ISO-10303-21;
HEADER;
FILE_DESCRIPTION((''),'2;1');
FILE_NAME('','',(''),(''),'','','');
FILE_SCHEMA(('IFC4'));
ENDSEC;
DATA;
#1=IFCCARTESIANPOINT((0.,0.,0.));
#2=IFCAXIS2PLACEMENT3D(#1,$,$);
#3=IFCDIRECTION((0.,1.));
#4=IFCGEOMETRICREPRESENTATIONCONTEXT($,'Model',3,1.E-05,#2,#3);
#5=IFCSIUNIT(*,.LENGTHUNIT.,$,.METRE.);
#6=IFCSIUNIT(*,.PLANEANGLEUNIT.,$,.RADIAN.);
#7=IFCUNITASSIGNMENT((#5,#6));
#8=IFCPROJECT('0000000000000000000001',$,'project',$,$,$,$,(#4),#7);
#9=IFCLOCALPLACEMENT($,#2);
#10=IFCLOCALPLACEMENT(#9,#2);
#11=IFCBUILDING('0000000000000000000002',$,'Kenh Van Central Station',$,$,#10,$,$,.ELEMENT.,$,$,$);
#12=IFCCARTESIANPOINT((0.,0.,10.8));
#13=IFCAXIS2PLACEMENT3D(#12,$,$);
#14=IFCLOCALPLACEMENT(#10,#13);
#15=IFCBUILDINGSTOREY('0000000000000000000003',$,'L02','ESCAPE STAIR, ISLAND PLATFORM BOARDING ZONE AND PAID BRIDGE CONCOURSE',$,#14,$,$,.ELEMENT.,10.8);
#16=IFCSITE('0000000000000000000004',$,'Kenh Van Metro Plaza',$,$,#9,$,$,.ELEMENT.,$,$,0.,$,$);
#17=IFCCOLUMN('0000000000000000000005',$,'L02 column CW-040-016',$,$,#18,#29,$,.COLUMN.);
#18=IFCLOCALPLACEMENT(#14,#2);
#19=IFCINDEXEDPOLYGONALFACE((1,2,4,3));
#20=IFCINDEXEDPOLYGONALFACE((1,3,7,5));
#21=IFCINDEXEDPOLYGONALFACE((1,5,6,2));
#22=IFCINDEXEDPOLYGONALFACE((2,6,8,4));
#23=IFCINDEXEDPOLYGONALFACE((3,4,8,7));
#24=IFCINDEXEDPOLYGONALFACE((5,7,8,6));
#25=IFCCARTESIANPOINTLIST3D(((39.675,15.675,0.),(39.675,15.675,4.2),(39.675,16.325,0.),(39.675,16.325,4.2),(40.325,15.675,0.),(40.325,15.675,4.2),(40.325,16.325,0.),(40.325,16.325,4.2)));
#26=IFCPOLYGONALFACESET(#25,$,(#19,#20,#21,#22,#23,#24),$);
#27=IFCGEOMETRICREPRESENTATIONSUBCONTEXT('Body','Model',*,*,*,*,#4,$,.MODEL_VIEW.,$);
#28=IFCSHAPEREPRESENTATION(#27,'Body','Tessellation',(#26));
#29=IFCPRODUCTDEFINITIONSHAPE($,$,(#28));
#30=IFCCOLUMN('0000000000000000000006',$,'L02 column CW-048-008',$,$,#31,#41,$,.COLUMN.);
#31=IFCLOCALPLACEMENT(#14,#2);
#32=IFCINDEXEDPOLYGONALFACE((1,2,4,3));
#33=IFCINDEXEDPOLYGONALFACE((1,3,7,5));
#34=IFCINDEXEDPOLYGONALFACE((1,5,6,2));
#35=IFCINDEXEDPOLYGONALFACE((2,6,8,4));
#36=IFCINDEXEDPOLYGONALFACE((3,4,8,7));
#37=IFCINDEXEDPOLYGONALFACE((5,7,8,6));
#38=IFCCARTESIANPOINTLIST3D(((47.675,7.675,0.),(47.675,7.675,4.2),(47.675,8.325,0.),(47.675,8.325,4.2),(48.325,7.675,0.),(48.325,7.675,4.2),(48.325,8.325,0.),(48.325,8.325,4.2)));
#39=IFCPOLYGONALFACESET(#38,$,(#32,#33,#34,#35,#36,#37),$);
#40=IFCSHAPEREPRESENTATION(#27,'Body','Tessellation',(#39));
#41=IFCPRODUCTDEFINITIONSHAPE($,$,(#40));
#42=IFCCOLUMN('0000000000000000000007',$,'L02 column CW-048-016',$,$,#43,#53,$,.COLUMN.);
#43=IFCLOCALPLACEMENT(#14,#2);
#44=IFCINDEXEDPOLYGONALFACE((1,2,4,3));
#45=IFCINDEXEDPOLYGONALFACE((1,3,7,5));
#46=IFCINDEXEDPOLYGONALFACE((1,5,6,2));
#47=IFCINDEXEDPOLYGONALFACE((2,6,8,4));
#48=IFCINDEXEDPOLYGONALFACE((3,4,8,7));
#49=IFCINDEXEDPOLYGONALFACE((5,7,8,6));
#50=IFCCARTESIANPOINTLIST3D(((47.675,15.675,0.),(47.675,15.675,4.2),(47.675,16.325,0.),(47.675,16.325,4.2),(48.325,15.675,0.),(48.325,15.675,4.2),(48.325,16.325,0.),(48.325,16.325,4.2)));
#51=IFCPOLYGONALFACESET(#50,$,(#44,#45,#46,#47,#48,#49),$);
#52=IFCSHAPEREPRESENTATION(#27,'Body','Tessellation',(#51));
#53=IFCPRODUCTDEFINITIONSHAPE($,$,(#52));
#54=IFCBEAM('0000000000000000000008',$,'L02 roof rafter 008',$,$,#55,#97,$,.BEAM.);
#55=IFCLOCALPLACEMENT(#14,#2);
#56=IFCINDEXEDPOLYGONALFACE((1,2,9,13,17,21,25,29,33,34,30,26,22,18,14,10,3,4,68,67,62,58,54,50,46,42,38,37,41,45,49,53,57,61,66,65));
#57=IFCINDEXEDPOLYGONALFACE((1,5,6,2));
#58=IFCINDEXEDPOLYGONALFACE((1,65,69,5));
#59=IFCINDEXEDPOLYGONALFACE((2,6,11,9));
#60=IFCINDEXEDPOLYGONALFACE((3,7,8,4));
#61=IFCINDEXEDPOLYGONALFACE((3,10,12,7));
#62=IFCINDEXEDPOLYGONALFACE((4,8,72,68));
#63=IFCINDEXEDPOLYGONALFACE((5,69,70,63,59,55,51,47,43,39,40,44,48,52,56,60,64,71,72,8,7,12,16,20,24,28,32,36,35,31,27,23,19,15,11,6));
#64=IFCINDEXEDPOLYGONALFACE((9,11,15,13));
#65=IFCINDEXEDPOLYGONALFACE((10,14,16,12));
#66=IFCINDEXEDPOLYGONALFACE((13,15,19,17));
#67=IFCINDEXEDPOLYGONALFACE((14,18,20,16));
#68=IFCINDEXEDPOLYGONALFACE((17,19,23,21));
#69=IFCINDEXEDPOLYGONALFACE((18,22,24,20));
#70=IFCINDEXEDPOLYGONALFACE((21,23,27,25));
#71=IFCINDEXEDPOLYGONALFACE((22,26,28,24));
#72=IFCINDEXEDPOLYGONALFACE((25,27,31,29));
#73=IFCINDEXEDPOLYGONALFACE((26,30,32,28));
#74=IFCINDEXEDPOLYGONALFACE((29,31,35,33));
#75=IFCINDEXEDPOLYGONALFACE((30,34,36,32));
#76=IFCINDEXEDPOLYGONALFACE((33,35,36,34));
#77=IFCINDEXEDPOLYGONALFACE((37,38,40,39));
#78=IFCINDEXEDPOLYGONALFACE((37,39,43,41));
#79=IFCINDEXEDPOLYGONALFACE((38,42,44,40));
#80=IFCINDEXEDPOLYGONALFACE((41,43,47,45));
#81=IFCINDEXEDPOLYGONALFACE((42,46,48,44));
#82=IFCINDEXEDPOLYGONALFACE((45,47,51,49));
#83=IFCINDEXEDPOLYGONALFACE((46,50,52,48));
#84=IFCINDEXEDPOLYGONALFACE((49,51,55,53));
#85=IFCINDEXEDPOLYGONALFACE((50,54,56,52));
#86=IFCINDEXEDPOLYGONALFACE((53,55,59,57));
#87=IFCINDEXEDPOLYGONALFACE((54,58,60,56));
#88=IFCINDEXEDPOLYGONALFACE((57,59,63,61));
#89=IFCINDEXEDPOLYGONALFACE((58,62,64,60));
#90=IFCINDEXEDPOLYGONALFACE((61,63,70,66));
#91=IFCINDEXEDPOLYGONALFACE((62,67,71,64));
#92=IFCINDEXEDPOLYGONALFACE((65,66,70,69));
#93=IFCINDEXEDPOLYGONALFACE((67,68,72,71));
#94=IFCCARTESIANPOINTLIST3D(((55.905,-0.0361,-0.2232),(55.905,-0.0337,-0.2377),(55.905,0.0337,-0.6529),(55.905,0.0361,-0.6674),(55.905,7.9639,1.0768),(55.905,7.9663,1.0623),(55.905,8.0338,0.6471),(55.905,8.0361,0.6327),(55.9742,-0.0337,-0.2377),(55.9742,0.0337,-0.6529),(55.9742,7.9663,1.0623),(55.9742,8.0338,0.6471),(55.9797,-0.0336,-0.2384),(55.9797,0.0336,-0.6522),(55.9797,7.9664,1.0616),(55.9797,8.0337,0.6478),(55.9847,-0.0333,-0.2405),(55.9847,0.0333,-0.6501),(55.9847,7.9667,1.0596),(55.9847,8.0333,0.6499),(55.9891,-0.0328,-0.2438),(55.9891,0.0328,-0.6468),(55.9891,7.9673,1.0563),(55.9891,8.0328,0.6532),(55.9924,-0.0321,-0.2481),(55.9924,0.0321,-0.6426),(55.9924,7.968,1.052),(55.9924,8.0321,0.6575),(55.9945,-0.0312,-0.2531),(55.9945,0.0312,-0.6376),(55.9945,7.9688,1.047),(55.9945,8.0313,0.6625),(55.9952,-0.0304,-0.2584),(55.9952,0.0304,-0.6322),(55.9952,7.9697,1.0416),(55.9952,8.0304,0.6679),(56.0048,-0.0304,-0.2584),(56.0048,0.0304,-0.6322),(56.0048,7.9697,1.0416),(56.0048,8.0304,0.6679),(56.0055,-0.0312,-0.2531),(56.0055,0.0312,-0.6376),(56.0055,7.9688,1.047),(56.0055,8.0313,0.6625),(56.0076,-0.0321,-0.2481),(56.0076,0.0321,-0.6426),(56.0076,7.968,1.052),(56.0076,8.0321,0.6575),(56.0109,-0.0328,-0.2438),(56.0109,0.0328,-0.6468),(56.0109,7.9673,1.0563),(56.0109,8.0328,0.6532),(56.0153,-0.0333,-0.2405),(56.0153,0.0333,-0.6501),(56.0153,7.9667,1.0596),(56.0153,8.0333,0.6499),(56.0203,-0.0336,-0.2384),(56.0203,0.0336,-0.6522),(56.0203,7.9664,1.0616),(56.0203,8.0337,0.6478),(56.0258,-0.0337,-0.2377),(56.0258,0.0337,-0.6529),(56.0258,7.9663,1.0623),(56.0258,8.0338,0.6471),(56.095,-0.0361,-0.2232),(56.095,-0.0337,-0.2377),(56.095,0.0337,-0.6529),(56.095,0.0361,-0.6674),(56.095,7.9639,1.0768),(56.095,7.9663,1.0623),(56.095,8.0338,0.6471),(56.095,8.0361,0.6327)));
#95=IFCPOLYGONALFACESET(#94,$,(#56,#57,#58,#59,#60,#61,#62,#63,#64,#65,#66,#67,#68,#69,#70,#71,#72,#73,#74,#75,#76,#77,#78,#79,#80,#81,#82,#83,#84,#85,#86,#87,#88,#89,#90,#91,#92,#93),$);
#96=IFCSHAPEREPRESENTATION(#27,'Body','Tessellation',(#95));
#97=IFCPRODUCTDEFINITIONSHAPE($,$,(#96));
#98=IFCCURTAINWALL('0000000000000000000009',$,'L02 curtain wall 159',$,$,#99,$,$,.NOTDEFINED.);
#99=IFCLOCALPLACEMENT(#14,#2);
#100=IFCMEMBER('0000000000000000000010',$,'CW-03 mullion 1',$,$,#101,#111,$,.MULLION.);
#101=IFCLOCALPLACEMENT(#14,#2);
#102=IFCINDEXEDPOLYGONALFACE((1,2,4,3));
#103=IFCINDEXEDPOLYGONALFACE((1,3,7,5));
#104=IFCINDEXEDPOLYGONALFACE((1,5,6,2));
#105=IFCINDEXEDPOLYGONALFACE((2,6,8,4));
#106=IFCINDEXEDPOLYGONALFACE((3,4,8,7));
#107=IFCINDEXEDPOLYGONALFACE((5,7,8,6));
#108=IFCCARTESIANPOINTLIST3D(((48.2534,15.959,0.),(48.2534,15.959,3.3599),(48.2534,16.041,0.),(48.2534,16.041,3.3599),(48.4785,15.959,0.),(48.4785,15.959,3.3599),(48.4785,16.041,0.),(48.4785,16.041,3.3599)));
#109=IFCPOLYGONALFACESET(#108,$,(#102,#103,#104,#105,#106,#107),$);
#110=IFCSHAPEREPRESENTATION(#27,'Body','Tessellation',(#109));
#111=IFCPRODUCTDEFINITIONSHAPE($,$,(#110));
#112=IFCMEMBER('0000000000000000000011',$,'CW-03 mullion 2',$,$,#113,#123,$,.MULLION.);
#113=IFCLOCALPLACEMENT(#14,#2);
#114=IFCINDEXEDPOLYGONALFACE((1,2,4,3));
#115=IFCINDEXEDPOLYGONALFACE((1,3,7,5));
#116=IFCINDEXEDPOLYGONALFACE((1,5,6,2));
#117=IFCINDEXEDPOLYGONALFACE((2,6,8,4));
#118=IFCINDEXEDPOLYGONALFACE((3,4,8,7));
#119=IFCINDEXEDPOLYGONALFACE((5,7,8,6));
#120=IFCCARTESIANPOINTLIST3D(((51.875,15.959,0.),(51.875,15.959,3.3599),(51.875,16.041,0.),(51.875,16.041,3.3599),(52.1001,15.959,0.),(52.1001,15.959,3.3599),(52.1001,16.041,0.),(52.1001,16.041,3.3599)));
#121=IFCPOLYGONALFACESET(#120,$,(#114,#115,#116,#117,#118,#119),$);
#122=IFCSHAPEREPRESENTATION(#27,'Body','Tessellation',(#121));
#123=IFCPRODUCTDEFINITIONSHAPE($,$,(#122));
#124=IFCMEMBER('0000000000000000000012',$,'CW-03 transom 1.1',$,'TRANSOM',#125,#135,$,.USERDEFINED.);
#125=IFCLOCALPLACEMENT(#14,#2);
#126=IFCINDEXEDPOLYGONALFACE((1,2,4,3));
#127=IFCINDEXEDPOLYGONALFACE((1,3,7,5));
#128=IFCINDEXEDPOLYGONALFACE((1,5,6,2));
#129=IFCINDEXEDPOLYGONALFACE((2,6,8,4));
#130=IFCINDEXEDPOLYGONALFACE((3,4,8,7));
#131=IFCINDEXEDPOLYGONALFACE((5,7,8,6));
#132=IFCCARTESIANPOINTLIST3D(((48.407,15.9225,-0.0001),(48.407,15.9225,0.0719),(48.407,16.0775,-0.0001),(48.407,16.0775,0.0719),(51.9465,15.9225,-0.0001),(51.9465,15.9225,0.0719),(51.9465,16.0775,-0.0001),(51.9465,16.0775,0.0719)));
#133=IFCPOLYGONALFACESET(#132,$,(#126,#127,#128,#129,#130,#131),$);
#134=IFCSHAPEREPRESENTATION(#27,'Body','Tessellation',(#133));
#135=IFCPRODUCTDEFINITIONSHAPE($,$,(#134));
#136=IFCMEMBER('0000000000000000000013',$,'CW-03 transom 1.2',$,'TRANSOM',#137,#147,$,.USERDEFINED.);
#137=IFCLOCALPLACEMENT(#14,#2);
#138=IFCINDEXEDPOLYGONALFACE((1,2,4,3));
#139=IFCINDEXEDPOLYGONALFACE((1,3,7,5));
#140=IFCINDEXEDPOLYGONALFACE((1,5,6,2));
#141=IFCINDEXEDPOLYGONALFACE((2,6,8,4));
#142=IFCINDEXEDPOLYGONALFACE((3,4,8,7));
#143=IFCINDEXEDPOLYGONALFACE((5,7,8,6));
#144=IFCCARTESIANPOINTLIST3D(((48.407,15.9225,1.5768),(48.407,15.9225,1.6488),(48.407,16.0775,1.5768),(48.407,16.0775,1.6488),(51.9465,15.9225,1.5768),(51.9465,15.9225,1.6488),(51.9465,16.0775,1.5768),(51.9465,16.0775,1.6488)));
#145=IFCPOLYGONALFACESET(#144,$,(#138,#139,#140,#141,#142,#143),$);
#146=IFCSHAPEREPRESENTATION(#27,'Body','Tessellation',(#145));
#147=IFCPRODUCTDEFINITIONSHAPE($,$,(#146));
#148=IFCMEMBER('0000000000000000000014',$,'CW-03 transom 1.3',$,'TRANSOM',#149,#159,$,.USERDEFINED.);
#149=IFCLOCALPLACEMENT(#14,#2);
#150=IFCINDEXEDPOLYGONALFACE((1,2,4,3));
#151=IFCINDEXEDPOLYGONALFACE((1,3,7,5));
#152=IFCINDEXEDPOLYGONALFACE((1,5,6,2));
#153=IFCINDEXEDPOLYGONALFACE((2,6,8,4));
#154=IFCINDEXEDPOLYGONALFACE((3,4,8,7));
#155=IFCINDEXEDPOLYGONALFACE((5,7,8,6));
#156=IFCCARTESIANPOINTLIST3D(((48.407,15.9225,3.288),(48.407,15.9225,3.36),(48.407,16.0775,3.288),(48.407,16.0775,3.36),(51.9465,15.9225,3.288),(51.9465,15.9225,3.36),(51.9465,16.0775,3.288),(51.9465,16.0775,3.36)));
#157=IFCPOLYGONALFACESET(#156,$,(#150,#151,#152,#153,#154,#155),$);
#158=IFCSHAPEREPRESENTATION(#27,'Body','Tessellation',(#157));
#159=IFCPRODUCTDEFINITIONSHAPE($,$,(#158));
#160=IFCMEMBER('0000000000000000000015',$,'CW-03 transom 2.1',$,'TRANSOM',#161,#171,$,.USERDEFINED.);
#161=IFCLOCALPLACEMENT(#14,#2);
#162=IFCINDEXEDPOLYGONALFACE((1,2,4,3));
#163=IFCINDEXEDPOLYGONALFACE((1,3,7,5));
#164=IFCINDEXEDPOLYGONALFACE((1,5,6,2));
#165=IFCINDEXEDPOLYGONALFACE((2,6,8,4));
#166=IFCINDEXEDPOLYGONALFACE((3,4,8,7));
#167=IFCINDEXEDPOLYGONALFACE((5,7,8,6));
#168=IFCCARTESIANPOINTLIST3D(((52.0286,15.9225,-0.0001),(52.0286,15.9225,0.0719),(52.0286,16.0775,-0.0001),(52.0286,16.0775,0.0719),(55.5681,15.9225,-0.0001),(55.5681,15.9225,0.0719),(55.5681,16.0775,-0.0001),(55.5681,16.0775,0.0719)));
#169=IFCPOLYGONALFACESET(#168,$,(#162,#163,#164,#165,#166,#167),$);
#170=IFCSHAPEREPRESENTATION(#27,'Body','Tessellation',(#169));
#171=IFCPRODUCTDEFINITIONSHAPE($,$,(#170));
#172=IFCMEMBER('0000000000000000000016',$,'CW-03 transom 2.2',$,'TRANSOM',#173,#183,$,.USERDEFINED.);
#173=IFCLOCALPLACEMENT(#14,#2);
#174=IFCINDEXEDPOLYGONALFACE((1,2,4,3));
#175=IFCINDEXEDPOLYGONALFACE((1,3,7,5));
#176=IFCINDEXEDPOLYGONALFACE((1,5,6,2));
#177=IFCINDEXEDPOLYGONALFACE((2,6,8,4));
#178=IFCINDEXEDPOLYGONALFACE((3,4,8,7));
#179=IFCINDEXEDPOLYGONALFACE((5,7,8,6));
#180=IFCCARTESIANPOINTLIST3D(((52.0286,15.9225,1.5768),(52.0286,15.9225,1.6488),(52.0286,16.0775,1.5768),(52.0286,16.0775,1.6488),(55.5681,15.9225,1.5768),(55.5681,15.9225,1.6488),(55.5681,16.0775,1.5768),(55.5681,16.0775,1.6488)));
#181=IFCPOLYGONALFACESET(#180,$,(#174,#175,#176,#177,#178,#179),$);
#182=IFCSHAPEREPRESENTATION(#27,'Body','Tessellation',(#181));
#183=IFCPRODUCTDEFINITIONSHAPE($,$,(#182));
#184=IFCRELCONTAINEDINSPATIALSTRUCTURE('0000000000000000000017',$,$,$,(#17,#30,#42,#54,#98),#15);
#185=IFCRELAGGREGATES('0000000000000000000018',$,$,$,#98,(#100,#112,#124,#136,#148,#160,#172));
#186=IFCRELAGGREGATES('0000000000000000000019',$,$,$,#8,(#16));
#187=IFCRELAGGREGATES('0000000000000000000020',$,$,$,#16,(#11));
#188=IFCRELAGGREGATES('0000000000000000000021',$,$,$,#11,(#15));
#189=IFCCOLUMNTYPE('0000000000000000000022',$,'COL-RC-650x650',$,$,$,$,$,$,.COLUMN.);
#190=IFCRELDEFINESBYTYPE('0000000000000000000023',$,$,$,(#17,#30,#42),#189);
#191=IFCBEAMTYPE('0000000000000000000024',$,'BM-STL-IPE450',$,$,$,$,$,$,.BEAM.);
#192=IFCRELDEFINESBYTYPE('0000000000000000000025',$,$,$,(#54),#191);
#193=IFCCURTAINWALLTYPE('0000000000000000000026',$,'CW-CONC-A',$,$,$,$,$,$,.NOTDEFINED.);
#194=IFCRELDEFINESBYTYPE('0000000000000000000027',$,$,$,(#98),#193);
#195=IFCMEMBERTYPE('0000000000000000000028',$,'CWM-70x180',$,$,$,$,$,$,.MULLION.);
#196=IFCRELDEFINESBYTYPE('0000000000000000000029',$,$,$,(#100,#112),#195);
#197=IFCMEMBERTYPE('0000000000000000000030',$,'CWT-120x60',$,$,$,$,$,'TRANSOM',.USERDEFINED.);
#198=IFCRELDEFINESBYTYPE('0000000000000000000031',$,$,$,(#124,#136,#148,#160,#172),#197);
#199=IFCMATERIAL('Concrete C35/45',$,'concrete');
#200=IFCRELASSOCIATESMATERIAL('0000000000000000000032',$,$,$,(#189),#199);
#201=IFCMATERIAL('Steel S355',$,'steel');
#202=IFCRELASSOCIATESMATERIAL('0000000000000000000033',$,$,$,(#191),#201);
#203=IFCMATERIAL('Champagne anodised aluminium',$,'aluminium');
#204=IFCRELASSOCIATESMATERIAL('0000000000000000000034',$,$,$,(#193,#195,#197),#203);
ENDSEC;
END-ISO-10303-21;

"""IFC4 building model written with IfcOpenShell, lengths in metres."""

from ifc_helpers import new_model, si_unit, direction, frame, origin, origin_2d, place, context, subcontext, project, spatial, rectangle, i_section, extrude, material, material_profile, profile_set, type_object, element, aggregate, save


model = new_model("IFC4")

# Units and contexts
model_context = context("Model", 3, precision=1e-05, world=origin(), true_north=direction((0.0, 1.0)))
body_context = subcontext(model_context, "Body", "Model", "MODEL_VIEW")
ifc_project = project(units=[si_unit("LENGTHUNIT", "METRE"), si_unit("PLANEANGLEUNIT", "RADIAN")], contexts=[model_context])

# Site, building, storey
site_placement = place(None, origin())
site = spatial("IfcSite", under=ifc_project, at=site_placement, Name="Kenh Van Metro Plaza", CompositionType="ELEMENT", RefElevation=0.0)
building_placement = place(site_placement, origin())
building = spatial("IfcBuilding", under=site, at=building_placement, Name="Kenh Van Central Station", CompositionType="ELEMENT")
storey_placement = place(building_placement, frame((0.0, 0.0, 10.8)))
storey = spatial("IfcBuildingStorey", under=building, at=storey_placement, Name="L02", Description="ESCAPE STAIR, ISLAND PLATFORM BOARDING ZONE AND PAID BRIDGE CONCOURSE", CompositionType="ELEMENT", Elevation=10.8)

# Columns
ifc_material_1 = material(Name="Concrete C35/45", Category="concrete")
ifc_material_profile_1 = material_profile(ifc_material_1, rectangle(XDim=0.6499, YDim=0.6499, at=origin_2d()), Name="RC 650x650")
ifc_profile_set_1 = profile_set([ifc_material_profile_1], Name="Concrete C35/45")
column_type = type_object("IfcColumnType", Name="COL-RC-650x650", PredefinedType="COLUMN", material=ifc_profile_set_1)
for number, where, z_axis, x_axis, name in (
    (1, (40.0, 16.0, 0.0), (0.0, 0.0, 1.0), (1.0, 0.0, 0.0), "L02 column CW-040-016"),
    (2, (48.0, 8.0, 0.0), (0.0, 0.0, 1.0), (1.0, 0.0, 0.0), "L02 column CW-048-008"),
    (3, (48.0, 16.0, 0.0), (0.0, 0.0, 1.0), (1.0, 0.0, 0.0), "L02 column CW-048-016"),
):
    element("IfcColumn", number, at=place(storey_placement, frame(where, z_axis=z_axis, x_axis=x_axis)), inside=storey, type_object=column_type, Name=name, PredefinedType="COLUMN", context=body_context, shape_type="SweptSolid", body=[
        extrude(rectangle(XDim=0.6499, YDim=0.6499, at=origin_2d()), origin(), (0.0, 0.0, 1.0), 4.2),
    ])

# Beam
ifc_material_2 = material(Name="Steel S355", Category="steel")
ifc_material_profile_2 = material_profile(ifc_material_2, i_section(OverallWidth=0.1899, OverallDepth=0.45, WebThickness=0.0095, FlangeThickness=0.0146, FilletRadius=0.021, at=origin_2d()), Name="IPE 450")
ifc_profile_set_2 = profile_set([ifc_material_profile_2], Name="Steel S355")
beam_type_1 = type_object("IfcBeamType", Name="BM-STL-IPE450", PredefinedType="BEAM", material=ifc_profile_set_2)
beam_1_placement = place(storey_placement, frame((56.0, 0.0, -0.4453), z_axis=(0.0, 0.987052, 0.160402), x_axis=(-1.0, 0.0, 0.0)))
element("IfcBeam", 4, at=beam_1_placement, inside=storey, type_object=beam_type_1, Name="L02 roof rafter 008", PredefinedType="BEAM", context=body_context, shape_type="SweptSolid", body=[
    extrude(i_section(OverallWidth=0.1899, OverallDepth=0.45, WebThickness=0.0095, FlangeThickness=0.0146, FilletRadius=0.021, at=origin_2d()), origin(), (0.0, 0.0, 1.0), 8.105),
])

# Curtain wall, members
ifc_material_3 = material(Name="Champagne anodised aluminium", Category="aluminium")
curtain_wall_type = type_object("IfcCurtainWallType", Name="CW-CONC-A", PredefinedType="NOTDEFINED", material=ifc_material_3)
curtain_wall_placement = place(storey_placement, origin())
curtain_wall = element("IfcCurtainWall", 5, at=curtain_wall_placement, inside=storey, type_object=curtain_wall_type, Name="L02 curtain wall 159", PredefinedType="NOTDEFINED")
ifc_material_profile_3 = material_profile(ifc_material_3, rectangle(XDim=0.082, YDim=0.2251, at=origin_2d()), Name="AL 82x225")
ifc_profile_set_3 = profile_set([ifc_material_profile_3], Name="Champagne anodised aluminium")
member_type_1 = type_object("IfcMemberType", Name="CWM-70x180", PredefinedType="MULLION", material=ifc_profile_set_3)
member_1_placement = place(storey_placement, frame((48.366, 16.0, 0.0), z_axis=(0.0, 0.0, 1.0), x_axis=(0.0, 1.0, 0.0)))
member_1 = element("IfcMember", 6, at=member_1_placement, type_object=member_type_1, Name="CW-03 mullion 1", PredefinedType="MULLION", context=body_context, shape_type="SweptSolid", body=[
    extrude(rectangle(XDim=0.082, YDim=0.2251, at=origin_2d()), origin(), (0.0, 0.0, 1.0), 3.3599),
])
member_2_placement = place(storey_placement, frame((51.9875, 16.0, 0.0), z_axis=(0.0, 0.0, 1.0), x_axis=(0.0, 1.0, 0.0)))
member_2 = element("IfcMember", 7, at=member_2_placement, type_object=member_type_1, Name="CW-03 mullion 2", PredefinedType="MULLION", context=body_context, shape_type="SweptSolid", body=[
    extrude(rectangle(XDim=0.082, YDim=0.2251, at=origin_2d()), origin(), (0.0, 0.0, 1.0), 3.3599),
])
ifc_material_profile_4 = material_profile(ifc_material_3, rectangle(XDim=0.155, YDim=0.072, at=origin_2d()), Name="AL 155x72")
ifc_profile_set_4 = profile_set([ifc_material_profile_4], Name="Champagne anodised aluminium")
member_type_2 = type_object("IfcMemberType", Name="CWT-120x60", ElementType="TRANSOM", PredefinedType="USERDEFINED", material=ifc_profile_set_4)
member_3_placement = place(storey_placement, frame((48.407, 16.0, 0.0359), z_axis=(1.0, 0.0, 0.0), x_axis=(0.0, 1.0, 0.0)))
member_3 = element("IfcMember", 8, at=member_3_placement, type_object=member_type_2, Name="CW-03 transom 1.1", ObjectType="TRANSOM", PredefinedType="USERDEFINED", context=body_context, shape_type="SweptSolid", body=[
    extrude(rectangle(XDim=0.155, YDim=0.072, at=origin_2d()), origin(), (0.0, 0.0, 1.0), 3.5396),
])
member_4_placement = place(storey_placement, frame((48.407, 16.0, 1.6128), z_axis=(1.0, 0.0, 0.0), x_axis=(0.0, 1.0, 0.0)))
member_4 = element("IfcMember", 9, at=member_4_placement, type_object=member_type_2, Name="CW-03 transom 1.2", ObjectType="TRANSOM", PredefinedType="USERDEFINED", context=body_context, shape_type="SweptSolid", body=[
    extrude(rectangle(XDim=0.155, YDim=0.072, at=origin_2d()), origin(), (0.0, 0.0, 1.0), 3.5396),
])
member_5_placement = place(storey_placement, frame((48.407, 16.0, 3.324), z_axis=(1.0, 0.0, 0.0), x_axis=(0.0, 1.0, 0.0)))
member_5 = element("IfcMember", 10, at=member_5_placement, type_object=member_type_2, Name="CW-03 transom 1.3", ObjectType="TRANSOM", PredefinedType="USERDEFINED", context=body_context, shape_type="SweptSolid", body=[
    extrude(rectangle(XDim=0.155, YDim=0.072, at=origin_2d()), origin(), (0.0, 0.0, 1.0), 3.5396),
])
member_6_placement = place(storey_placement, frame((52.0286, 16.0, 0.0359), z_axis=(1.0, 0.0, 0.0), x_axis=(0.0, 1.0, 0.0)))
member_6 = element("IfcMember", 11, at=member_6_placement, type_object=member_type_2, Name="CW-03 transom 2.1", ObjectType="TRANSOM", PredefinedType="USERDEFINED", context=body_context, shape_type="SweptSolid", body=[
    extrude(rectangle(XDim=0.155, YDim=0.072, at=origin_2d()), origin(), (0.0, 0.0, 1.0), 3.5396),
])
member_7_placement = place(storey_placement, frame((52.0286, 16.0, 1.6128), z_axis=(1.0, 0.0, 0.0), x_axis=(0.0, 1.0, 0.0)))
member_7 = element("IfcMember", 12, at=member_7_placement, type_object=member_type_2, Name="CW-03 transom 2.2", ObjectType="TRANSOM", PredefinedType="USERDEFINED", context=body_context, shape_type="SweptSolid", body=[
    extrude(rectangle(XDim=0.155, YDim=0.072, at=origin_2d()), origin(), (0.0, 0.0, 1.0), 3.5396),
])

aggregate(curtain_wall, [member_1, member_2, member_3, member_4, member_5, member_6, member_7])

save(model, "model.ifc")
